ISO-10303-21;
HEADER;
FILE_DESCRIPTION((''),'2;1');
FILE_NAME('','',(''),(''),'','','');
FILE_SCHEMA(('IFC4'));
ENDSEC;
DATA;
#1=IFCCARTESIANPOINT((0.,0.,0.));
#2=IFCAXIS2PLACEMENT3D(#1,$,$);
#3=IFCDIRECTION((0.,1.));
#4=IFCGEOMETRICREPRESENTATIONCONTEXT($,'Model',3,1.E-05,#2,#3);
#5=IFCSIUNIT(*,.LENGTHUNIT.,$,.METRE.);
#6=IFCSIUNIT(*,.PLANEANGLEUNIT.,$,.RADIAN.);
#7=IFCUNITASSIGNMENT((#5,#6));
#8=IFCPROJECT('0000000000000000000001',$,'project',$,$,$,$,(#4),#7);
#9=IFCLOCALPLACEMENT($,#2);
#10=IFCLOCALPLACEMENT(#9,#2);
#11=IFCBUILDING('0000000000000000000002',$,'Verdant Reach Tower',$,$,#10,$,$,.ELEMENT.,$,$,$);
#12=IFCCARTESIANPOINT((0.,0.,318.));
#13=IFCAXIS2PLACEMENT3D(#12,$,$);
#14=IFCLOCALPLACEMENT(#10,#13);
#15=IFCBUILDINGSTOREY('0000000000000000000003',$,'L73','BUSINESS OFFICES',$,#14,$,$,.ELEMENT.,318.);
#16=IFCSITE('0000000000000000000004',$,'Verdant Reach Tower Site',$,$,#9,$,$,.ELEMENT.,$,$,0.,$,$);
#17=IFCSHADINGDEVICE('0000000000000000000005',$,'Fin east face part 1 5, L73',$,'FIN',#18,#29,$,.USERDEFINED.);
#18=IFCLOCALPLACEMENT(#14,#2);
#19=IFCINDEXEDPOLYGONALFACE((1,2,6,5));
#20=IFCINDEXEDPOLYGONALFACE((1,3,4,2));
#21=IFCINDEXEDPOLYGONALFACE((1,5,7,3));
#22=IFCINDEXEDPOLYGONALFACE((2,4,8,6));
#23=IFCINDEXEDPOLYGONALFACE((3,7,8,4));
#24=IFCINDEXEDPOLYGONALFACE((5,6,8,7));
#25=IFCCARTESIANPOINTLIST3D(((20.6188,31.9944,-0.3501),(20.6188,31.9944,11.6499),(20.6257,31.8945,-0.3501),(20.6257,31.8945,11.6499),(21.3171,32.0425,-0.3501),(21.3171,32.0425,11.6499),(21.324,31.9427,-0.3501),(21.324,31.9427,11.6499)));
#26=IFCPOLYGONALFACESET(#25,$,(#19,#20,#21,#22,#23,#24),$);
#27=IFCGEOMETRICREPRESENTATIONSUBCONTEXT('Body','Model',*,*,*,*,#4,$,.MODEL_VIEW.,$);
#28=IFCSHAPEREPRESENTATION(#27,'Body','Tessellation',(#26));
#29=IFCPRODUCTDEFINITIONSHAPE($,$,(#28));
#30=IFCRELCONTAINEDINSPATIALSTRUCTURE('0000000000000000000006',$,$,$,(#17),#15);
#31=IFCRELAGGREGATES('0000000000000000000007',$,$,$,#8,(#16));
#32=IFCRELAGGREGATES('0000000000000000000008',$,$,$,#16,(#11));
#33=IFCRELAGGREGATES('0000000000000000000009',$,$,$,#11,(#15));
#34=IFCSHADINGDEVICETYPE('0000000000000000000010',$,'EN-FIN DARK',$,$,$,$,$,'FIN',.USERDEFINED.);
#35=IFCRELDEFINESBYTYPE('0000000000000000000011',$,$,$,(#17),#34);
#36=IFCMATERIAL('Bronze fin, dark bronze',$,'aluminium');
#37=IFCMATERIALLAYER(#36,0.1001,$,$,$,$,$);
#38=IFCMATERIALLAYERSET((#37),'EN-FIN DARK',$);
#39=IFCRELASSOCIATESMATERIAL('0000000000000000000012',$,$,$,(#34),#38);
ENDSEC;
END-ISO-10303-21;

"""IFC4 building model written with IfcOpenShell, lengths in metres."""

from ifc_helpers import new_model, si_unit, direction, frame, origin, origin_2d, place, context, subcontext, project, spatial, rectangle, extrude, material, layer, layer_set, type_object, element, save


model = new_model("IFC4")

# Units and contexts
model_context = context("Model", 3, precision=1e-05, world=origin(), true_north=direction((0.0, 1.0)))
body_context = subcontext(model_context, "Body", "Model", "MODEL_VIEW")
ifc_project = project(units=[si_unit("LENGTHUNIT", "METRE"), si_unit("PLANEANGLEUNIT", "RADIAN")], contexts=[model_context])

# Site, building, storey
site_placement = place(None, origin())
site = spatial("IfcSite", under=ifc_project, at=site_placement, Name="Verdant Reach Tower Site", CompositionType="ELEMENT", RefElevation=0.0)
building_placement = place(site_placement, origin())
building = spatial("IfcBuilding", under=site, at=building_placement, Name="Verdant Reach Tower", CompositionType="ELEMENT")
storey_placement = place(building_placement, frame((0.0, 0.0, 318.0)))
storey = spatial("IfcBuildingStorey", under=building, at=storey_placement, Name="L73", Description="BUSINESS OFFICES", CompositionType="ELEMENT", Elevation=318.0)

# Shading device
ifc_material_1 = material(Name="Bronze fin, dark bronze", Category="aluminium")
ifc_layer_1 = layer(ifc_material_1, 0.1001)
ifc_layer_set_1 = layer_set([ifc_layer_1], Name="EN-FIN DARK")
shading_device_type_1 = type_object("IfcShadingDeviceType", Name="EN-FIN DARK", ElementType="FIN", PredefinedType="USERDEFINED", material=ifc_layer_set_1)
shading_device_placement = place(storey_placement, frame((20.9714, 31.9685, -0.3501), z_axis=(0.0, 0.0, 1.0), x_axis=(-0.068802, 0.99763, 0.0)))
element("IfcShadingDevice", 1, at=shading_device_placement, inside=storey, type_object=shading_device_type_1, Name="Fin east face part 1 5, L73", ObjectType="FIN", PredefinedType="USERDEFINED", context=body_context, shape_type="SweptSolid", body=[
    extrude(rectangle(XDim=0.1001, YDim=0.7, at=origin_2d()), origin(), (0.0, 0.0, 1.0), 12.0),
])

save(model, "model.ifc")
